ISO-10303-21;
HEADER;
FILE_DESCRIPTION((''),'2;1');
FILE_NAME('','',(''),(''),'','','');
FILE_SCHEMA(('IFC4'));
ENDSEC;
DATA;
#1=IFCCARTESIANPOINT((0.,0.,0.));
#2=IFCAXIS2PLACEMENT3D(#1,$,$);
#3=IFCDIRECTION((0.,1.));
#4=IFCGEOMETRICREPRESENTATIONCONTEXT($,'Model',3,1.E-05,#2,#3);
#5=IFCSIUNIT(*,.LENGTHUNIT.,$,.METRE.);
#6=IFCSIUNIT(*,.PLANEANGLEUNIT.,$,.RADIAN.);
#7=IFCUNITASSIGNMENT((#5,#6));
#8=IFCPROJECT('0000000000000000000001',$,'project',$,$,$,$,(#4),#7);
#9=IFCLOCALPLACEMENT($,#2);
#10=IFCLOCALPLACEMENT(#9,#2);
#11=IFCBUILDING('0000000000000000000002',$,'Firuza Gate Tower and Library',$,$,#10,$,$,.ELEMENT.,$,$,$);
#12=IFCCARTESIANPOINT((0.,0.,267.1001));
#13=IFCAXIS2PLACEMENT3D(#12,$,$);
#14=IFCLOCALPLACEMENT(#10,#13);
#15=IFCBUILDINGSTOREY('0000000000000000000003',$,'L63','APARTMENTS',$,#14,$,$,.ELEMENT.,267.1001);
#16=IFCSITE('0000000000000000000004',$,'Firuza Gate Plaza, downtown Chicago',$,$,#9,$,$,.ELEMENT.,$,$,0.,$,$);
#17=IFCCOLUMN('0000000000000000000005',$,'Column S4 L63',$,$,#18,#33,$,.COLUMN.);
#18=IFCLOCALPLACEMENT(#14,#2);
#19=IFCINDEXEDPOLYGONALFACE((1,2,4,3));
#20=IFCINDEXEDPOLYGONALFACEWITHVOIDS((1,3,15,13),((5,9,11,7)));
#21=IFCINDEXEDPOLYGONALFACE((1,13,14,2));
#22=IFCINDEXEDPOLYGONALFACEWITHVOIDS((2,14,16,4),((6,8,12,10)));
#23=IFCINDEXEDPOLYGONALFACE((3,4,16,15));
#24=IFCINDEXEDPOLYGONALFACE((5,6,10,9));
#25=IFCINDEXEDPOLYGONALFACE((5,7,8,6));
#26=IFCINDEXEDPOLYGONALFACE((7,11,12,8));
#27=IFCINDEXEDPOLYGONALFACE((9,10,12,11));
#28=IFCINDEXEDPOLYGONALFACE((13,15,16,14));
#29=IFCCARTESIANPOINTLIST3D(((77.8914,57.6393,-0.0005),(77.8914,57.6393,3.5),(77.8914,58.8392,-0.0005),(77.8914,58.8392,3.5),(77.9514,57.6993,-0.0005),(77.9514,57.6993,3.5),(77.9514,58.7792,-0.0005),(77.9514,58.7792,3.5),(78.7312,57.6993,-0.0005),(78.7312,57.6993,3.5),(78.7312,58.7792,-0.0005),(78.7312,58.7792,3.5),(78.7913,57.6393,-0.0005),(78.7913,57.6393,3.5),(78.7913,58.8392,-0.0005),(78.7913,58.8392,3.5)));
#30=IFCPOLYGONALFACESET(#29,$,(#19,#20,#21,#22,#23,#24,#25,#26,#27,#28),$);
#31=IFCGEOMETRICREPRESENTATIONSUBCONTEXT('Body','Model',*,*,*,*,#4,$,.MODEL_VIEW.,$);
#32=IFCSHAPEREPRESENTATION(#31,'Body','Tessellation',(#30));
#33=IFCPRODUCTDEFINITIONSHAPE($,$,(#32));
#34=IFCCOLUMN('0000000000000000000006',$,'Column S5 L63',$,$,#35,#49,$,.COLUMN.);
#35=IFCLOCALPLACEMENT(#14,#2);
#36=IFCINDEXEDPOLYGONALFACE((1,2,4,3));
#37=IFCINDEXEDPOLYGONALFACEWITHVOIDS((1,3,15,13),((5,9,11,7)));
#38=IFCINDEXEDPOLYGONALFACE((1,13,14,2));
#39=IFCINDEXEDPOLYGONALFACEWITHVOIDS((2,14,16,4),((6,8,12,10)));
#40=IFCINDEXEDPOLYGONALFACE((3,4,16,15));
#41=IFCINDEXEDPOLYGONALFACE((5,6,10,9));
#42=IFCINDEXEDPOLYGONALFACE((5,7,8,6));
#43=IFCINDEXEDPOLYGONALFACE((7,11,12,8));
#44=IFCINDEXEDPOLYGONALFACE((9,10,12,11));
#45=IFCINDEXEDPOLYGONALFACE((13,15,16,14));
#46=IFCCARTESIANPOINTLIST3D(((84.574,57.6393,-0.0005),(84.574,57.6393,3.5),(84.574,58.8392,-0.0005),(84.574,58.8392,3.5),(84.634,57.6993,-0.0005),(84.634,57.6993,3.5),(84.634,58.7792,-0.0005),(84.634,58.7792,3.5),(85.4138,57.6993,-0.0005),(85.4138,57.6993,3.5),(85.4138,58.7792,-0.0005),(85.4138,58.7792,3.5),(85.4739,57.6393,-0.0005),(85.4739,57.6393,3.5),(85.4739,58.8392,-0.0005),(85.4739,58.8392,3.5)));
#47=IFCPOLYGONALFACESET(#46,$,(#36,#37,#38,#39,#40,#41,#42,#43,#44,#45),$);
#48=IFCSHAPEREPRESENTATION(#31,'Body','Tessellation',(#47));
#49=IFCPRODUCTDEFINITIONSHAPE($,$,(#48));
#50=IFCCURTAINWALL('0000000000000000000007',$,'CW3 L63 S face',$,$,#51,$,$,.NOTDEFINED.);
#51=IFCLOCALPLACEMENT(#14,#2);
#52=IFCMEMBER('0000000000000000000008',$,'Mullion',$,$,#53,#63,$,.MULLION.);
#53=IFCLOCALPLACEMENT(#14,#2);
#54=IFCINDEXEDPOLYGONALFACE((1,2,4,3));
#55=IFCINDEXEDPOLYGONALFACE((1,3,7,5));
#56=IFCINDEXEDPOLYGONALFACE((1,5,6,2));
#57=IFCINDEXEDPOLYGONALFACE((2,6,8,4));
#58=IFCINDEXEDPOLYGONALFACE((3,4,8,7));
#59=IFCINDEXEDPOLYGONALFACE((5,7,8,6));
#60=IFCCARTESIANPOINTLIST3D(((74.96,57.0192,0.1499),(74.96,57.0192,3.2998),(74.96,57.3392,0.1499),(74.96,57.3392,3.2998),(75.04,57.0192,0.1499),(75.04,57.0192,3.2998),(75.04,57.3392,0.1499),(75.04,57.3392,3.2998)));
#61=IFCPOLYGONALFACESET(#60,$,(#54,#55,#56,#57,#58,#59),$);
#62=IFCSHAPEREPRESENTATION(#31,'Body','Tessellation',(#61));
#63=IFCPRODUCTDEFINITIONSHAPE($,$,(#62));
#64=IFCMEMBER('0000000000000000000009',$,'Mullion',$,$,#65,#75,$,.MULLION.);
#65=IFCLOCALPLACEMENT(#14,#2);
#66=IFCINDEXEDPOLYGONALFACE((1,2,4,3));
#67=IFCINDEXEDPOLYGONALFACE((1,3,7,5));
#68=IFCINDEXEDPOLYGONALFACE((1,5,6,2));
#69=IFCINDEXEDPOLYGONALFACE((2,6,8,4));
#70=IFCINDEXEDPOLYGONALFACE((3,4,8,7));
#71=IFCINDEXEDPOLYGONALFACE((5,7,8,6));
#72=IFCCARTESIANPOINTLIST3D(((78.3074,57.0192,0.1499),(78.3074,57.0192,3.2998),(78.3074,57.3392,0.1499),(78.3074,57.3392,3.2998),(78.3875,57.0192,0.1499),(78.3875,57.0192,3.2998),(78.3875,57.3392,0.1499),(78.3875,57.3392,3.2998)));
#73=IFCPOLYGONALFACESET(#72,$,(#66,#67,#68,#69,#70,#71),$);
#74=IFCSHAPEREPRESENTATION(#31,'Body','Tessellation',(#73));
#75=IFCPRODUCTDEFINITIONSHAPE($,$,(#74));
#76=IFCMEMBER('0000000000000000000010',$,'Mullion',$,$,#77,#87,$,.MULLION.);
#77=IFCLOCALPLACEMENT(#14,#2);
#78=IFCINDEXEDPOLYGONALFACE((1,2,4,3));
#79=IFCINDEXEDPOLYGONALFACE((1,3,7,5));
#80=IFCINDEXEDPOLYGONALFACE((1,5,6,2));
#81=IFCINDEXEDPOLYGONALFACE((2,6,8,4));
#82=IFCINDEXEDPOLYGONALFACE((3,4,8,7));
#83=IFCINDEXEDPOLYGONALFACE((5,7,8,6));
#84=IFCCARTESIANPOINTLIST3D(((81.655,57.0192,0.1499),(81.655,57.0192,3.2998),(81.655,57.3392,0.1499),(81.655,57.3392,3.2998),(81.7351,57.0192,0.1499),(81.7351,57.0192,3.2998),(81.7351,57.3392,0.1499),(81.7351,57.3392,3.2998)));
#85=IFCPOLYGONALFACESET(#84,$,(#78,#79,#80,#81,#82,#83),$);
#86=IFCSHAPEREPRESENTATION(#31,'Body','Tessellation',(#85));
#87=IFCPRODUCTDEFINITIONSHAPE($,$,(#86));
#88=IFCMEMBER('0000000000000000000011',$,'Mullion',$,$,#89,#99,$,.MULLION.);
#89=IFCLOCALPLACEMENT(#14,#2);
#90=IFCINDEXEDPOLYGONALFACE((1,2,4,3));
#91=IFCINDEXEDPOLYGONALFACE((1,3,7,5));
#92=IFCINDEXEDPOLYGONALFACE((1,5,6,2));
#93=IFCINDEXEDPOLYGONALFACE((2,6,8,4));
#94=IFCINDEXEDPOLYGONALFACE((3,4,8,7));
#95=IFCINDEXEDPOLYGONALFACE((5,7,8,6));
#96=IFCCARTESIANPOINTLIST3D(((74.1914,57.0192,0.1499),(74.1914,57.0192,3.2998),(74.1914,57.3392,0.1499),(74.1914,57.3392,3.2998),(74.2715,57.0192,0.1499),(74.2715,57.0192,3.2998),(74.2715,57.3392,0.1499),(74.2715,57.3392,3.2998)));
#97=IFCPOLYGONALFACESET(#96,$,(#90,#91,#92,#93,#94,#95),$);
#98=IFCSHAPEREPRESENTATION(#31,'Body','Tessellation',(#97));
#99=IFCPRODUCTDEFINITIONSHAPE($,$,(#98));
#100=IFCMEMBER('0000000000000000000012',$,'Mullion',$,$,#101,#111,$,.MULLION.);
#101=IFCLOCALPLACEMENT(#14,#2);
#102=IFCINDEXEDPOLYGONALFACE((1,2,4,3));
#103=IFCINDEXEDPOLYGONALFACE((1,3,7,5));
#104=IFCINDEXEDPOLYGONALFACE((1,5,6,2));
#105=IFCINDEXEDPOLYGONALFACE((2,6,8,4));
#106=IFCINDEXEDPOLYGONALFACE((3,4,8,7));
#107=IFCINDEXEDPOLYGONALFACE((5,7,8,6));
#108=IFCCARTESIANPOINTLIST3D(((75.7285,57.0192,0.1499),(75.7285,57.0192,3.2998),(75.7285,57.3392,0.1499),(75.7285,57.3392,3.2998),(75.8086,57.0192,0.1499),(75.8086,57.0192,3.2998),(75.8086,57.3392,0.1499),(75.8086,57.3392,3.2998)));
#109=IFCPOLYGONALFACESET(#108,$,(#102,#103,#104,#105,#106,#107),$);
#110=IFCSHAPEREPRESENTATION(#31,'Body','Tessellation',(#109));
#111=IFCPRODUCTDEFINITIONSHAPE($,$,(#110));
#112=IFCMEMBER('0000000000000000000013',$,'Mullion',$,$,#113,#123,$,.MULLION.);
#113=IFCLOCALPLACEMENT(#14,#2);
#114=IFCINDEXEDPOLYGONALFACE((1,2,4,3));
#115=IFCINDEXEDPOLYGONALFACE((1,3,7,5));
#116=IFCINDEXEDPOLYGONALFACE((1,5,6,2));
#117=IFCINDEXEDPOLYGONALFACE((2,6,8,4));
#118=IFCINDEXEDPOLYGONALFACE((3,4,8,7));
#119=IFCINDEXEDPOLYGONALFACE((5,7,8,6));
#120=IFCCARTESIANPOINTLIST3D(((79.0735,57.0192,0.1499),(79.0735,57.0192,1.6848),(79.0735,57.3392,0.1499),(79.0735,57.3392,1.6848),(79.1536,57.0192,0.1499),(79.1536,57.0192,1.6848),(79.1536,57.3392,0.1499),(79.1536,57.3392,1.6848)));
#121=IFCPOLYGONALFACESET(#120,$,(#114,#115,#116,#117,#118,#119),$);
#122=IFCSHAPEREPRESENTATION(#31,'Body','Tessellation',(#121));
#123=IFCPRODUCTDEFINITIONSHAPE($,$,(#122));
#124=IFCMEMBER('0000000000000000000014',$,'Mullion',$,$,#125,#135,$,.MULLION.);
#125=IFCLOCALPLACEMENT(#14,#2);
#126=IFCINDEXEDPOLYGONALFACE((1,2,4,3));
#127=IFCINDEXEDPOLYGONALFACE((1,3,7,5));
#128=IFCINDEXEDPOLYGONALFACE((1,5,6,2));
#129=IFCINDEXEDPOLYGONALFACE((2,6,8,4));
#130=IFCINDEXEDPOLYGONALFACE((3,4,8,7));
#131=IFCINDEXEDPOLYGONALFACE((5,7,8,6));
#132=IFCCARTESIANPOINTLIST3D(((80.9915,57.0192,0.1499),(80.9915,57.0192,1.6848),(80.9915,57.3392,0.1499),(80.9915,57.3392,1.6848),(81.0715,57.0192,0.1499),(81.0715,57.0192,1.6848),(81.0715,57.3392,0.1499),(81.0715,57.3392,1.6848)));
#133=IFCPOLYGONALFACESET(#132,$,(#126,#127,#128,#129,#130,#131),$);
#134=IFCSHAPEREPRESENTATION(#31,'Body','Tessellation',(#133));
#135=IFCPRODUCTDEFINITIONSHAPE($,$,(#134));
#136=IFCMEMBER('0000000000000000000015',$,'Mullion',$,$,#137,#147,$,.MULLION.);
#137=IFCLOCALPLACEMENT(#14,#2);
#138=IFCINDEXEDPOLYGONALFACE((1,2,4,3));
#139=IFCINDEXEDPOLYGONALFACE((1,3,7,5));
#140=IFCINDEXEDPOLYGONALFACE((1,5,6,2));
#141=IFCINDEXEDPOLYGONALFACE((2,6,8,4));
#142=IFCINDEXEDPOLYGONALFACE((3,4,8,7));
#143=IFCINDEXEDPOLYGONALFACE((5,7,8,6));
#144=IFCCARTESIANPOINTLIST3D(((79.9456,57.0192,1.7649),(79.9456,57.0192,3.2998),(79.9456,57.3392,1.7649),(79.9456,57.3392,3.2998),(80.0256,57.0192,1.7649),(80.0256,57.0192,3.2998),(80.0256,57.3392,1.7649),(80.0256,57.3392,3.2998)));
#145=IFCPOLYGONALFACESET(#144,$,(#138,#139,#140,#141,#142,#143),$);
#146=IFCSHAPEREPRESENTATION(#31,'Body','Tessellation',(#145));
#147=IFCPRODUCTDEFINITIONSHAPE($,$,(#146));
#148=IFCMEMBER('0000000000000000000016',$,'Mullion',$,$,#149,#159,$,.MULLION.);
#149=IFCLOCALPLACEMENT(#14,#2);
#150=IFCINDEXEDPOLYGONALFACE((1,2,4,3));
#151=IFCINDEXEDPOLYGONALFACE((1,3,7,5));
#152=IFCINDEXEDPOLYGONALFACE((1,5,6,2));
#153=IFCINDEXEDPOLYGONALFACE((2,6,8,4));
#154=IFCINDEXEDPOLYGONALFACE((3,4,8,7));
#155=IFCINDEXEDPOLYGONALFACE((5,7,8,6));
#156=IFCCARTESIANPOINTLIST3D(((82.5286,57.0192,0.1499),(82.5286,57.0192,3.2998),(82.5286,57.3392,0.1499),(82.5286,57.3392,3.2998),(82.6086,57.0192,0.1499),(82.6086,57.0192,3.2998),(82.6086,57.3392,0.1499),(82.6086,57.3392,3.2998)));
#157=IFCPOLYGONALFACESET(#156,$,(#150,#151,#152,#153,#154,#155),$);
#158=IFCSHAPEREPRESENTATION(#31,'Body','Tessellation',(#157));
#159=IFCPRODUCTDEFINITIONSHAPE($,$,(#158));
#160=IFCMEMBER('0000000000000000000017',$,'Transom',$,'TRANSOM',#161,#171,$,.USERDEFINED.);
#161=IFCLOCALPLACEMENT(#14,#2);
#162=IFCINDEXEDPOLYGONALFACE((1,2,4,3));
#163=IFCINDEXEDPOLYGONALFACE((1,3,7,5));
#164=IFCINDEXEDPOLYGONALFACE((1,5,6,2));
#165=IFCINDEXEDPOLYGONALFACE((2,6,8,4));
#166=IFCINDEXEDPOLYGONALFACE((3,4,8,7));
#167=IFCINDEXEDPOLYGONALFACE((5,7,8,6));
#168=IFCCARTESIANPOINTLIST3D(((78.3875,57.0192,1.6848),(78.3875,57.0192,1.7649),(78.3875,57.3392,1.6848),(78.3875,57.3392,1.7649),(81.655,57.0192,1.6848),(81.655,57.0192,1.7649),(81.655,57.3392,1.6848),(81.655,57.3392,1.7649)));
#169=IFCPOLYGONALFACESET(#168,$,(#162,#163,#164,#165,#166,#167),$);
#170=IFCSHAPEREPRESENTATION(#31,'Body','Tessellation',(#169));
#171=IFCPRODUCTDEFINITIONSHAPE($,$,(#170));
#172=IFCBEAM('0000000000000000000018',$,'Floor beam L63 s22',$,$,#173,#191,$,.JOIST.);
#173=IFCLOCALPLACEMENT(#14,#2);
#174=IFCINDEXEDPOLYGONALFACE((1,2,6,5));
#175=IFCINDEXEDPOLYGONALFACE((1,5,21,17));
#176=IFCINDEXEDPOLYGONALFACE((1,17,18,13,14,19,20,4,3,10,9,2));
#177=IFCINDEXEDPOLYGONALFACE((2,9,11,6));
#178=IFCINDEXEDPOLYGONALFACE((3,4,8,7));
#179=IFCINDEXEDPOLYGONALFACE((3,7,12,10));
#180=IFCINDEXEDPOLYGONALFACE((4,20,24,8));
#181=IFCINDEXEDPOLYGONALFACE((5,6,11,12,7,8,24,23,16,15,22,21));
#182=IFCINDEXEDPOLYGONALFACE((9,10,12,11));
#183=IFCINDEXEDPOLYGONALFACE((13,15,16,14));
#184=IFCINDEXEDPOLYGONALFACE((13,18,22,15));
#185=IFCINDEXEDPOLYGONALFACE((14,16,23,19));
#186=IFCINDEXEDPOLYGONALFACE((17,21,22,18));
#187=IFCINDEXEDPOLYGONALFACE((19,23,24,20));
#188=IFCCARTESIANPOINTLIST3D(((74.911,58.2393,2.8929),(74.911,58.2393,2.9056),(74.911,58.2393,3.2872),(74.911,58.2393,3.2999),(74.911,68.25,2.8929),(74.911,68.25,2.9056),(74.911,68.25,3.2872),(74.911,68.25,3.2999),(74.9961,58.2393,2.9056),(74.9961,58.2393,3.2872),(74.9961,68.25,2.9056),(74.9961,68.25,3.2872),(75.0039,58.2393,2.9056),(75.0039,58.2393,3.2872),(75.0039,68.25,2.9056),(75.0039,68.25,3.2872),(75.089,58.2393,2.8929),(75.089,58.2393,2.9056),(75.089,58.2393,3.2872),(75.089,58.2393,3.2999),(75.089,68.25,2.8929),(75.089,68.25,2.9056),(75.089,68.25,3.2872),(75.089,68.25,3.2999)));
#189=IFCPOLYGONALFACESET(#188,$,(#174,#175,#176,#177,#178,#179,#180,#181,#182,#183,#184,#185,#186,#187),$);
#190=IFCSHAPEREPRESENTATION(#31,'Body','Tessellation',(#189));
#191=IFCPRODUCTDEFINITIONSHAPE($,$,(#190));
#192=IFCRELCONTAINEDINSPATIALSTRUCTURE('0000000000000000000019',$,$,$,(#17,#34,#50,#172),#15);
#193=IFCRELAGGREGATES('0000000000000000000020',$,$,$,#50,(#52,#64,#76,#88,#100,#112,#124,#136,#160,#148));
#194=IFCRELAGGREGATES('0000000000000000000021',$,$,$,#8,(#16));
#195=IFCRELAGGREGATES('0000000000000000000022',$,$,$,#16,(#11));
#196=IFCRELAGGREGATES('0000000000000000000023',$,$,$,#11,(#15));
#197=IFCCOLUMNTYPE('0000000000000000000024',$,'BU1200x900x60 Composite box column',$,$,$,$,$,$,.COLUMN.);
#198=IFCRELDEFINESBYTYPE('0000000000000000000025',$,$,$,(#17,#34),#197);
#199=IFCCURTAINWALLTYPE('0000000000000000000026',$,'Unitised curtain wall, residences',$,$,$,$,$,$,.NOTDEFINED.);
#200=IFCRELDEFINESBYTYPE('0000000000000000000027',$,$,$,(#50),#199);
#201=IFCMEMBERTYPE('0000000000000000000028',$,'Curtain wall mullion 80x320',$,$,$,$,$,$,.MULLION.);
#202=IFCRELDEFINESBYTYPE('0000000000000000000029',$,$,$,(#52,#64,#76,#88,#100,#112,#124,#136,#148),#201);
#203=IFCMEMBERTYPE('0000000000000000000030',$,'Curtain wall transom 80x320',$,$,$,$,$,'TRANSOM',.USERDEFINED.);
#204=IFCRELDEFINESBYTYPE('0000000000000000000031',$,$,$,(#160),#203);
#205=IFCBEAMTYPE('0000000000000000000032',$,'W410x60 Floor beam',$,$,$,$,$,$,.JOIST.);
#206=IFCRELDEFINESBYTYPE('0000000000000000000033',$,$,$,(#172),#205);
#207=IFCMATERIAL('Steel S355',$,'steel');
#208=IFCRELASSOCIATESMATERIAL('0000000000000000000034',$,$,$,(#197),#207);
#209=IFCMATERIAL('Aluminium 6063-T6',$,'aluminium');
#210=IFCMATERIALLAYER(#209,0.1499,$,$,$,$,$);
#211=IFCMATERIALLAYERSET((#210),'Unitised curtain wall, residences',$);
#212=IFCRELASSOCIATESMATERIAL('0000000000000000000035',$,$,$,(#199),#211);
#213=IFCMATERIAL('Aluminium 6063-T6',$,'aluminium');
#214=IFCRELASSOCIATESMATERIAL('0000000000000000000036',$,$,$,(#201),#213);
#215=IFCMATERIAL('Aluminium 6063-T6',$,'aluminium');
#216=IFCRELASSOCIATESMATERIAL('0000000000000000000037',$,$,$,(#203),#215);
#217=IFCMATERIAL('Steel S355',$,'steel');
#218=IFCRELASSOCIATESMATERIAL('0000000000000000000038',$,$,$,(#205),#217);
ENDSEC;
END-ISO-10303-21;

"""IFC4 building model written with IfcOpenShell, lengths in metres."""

from ifc_helpers import new_model, si_unit, direction, frame, origin, origin_2d, place, context, subcontext, project, spatial, rectangle, hollow_rectangle, i_section, extrude, material, layer, layer_set, material_profile, profile_set, type_object, element, aggregate, save


model = new_model("IFC4")

# Units and contexts
model_context = context("Model", 3, precision=1e-05, world=origin(), true_north=direction((0.0, 1.0)))
body_context = subcontext(model_context, "Body", "Model", "MODEL_VIEW")
ifc_project = project(units=[si_unit("LENGTHUNIT", "METRE"), si_unit("PLANEANGLEUNIT", "RADIAN")], contexts=[model_context])

# Site, building, storey
site_placement = place(None, origin())
site = spatial("IfcSite", under=ifc_project, at=site_placement, Name="Firuza Gate Plaza, downtown Chicago", CompositionType="ELEMENT", RefElevation=0.0)
building_placement = place(site_placement, origin())
building = spatial("IfcBuilding", under=site, at=building_placement, Name="Firuza Gate Tower and Library", CompositionType="ELEMENT")
storey_placement = place(building_placement, frame((0.0, 0.0, 267.1001)))
storey = spatial("IfcBuildingStorey", under=building, at=storey_placement, Name="L63", Description="APARTMENTS", CompositionType="ELEMENT", Elevation=267.1001)

# Columns
ifc_material_1 = material(Name="Steel S355", Category="steel")
ifc_material_profile_1 = material_profile(ifc_material_1, hollow_rectangle(XDim=0.8999, YDim=1.2, WallThickness=0.0601, at=origin_2d()))
ifc_profile_set_1 = profile_set([ifc_material_profile_1], Name="Steel S355")
column_type = type_object("IfcColumnType", Name="BU1200x900x60 Composite box column", PredefinedType="COLUMN", material=ifc_profile_set_1)
for number, where, z_axis, x_axis, name in (
    (1, (78.3413, 58.2393, -0.0005), (0.0, 0.0, 1.0), (1.0, 0.0, 0.0), "Column S4 L63"),
    (2, (85.0239, 58.2393, -0.0005), (0.0, 0.0, 1.0), (1.0, 0.0, 0.0), "Column S5 L63"),
):
    element("IfcColumn", number, at=place(storey_placement, frame(where, z_axis=z_axis, x_axis=x_axis)), inside=storey, type_object=column_type, Name=name, PredefinedType="COLUMN", context=body_context, shape_type="SweptSolid", body=[
        extrude(hollow_rectangle(XDim=0.8999, YDim=1.2, WallThickness=0.0601, at=origin_2d()), origin(), (0.0, 0.0, 1.0), 3.5005),
    ])

# Curtain wall, members
ifc_material_2 = material(Name="Aluminium 6063-T6", Category="aluminium")
ifc_layer_1 = layer(ifc_material_2, 0.1499)
ifc_layer_set_1 = layer_set([ifc_layer_1], Name="Unitised curtain wall, residences")
curtain_wall_type = type_object("IfcCurtainWallType", Name="Unitised curtain wall, residences", PredefinedType="NOTDEFINED", material=ifc_layer_set_1)
curtain_wall_placement = place(storey_placement, origin())
curtain_wall = element("IfcCurtainWall", 3, at=curtain_wall_placement, inside=storey, type_object=curtain_wall_type, Name="CW3 L63 S face", PredefinedType="NOTDEFINED")
ifc_material_3 = material(Name="Aluminium 6063-T6", Category="aluminium")
ifc_material_profile_2 = material_profile(ifc_material_3, rectangle(XDim=0.3201, YDim=0.0801, at=origin_2d()))
ifc_profile_set_2 = profile_set([ifc_material_profile_2], Name="Aluminium 6063-T6")
member_type_1 = type_object("IfcMemberType", Name="Curtain wall mullion 80x320", PredefinedType="MULLION", material=ifc_profile_set_2)
member_1_placement = place(storey_placement, frame((75.0, 57.1792, 0.1499), z_axis=(0.0, 0.0, 1.0), x_axis=(0.0, 1.0, 0.0)))
member_1 = element("IfcMember", 4, at=member_1_placement, type_object=member_type_1, Name="Mullion", PredefinedType="MULLION", context=body_context, shape_type="SweptSolid", body=[
    extrude(rectangle(XDim=0.3201, YDim=0.0801, at=origin_2d()), origin(), (0.0, 0.0, 1.0), 3.1499),
])
member_2_placement = place(storey_placement, frame((78.3474, 57.1792, 0.1499), z_axis=(0.0, 0.0, 1.0), x_axis=(0.0, 1.0, 0.0)))
member_2 = element("IfcMember", 5, at=member_2_placement, type_object=member_type_1, Name="Mullion", PredefinedType="MULLION", context=body_context, shape_type="SweptSolid", body=[
    extrude(rectangle(XDim=0.3201, YDim=0.0801, at=origin_2d()), origin(), (0.0, 0.0, 1.0), 3.1499),
])
member_3_placement = place(storey_placement, frame((81.6951, 57.1792, 0.1499), z_axis=(0.0, 0.0, 1.0), x_axis=(0.0, 1.0, 0.0)))
member_3 = element("IfcMember", 6, at=member_3_placement, type_object=member_type_1, Name="Mullion", PredefinedType="MULLION", context=body_context, shape_type="SweptSolid", body=[
    extrude(rectangle(XDim=0.3201, YDim=0.0801, at=origin_2d()), origin(), (0.0, 0.0, 1.0), 3.1499),
])
member_4_placement = place(storey_placement, frame((74.2314, 57.1792, 0.1499), z_axis=(0.0, 0.0, 1.0), x_axis=(0.0, 1.0, 0.0)))
member_4 = element("IfcMember", 7, at=member_4_placement, type_object=member_type_1, Name="Mullion", PredefinedType="MULLION", context=body_context, shape_type="SweptSolid", body=[
    extrude(rectangle(XDim=0.3201, YDim=0.0801, at=origin_2d()), origin(), (0.0, 0.0, 1.0), 3.1499),
])
member_5_placement = place(storey_placement, frame((75.7686, 57.1792, 0.1499), z_axis=(0.0, 0.0, 1.0), x_axis=(0.0, 1.0, 0.0)))
member_5 = element("IfcMember", 8, at=member_5_placement, type_object=member_type_1, Name="Mullion", PredefinedType="MULLION", context=body_context, shape_type="SweptSolid", body=[
    extrude(rectangle(XDim=0.3201, YDim=0.0801, at=origin_2d()), origin(), (0.0, 0.0, 1.0), 3.1499),
])
member_6_placement = place(storey_placement, frame((79.1135, 57.1792, 0.1499), z_axis=(0.0, 0.0, 1.0), x_axis=(0.0, 1.0, 0.0)))
member_6 = element("IfcMember", 9, at=member_6_placement, type_object=member_type_1, Name="Mullion", PredefinedType="MULLION", context=body_context, shape_type="SweptSolid", body=[
    extrude(rectangle(XDim=0.3201, YDim=0.0801, at=origin_2d()), origin(), (0.0, 0.0, 1.0), 1.5349),
])
member_7_placement = place(storey_placement, frame((81.0315, 57.1792, 0.1499), z_axis=(0.0, 0.0, 1.0), x_axis=(0.0, 1.0, 0.0)))
member_7 = element("IfcMember", 10, at=member_7_placement, type_object=member_type_1, Name="Mullion", PredefinedType="MULLION", context=body_context, shape_type="SweptSolid", body=[
    extrude(rectangle(XDim=0.3201, YDim=0.0801, at=origin_2d()), origin(), (0.0, 0.0, 1.0), 1.5349),
])
member_8_placement = place(storey_placement, frame((79.9856, 57.1792, 1.7649), z_axis=(0.0, 0.0, 1.0), x_axis=(0.0, 1.0, 0.0)))
member_8 = element("IfcMember", 11, at=member_8_placement, type_object=member_type_1, Name="Mullion", PredefinedType="MULLION", context=body_context, shape_type="SweptSolid", body=[
    extrude(rectangle(XDim=0.3201, YDim=0.0801, at=origin_2d()), origin(), (0.0, 0.0, 1.0), 1.5349),
])
member_9_placement = place(storey_placement, frame((82.5686, 57.1792, 0.1499), z_axis=(0.0, 0.0, 1.0), x_axis=(0.0, 1.0, 0.0)))
member_9 = element("IfcMember", 12, at=member_9_placement, type_object=member_type_1, Name="Mullion", PredefinedType="MULLION", context=body_context, shape_type="SweptSolid", body=[
    extrude(rectangle(XDim=0.3201, YDim=0.0801, at=origin_2d()), origin(), (0.0, 0.0, 1.0), 3.1499),
])
ifc_material_4 = material(Name="Aluminium 6063-T6", Category="aluminium")
ifc_material_profile_3 = material_profile(ifc_material_4, rectangle(XDim=0.3201, YDim=0.0801, at=origin_2d()))
ifc_profile_set_3 = profile_set([ifc_material_profile_3], Name="Aluminium 6063-T6")
member_type_2 = type_object("IfcMemberType", Name="Curtain wall transom 80x320", ElementType="TRANSOM", PredefinedType="USERDEFINED", material=ifc_profile_set_3)
member_10_placement = place(storey_placement, frame((78.3875, 57.1792, 1.7249), z_axis=(1.0, 0.0, 0.0), x_axis=(0.0, 1.0, 0.0)))
member_10 = element("IfcMember", 13, at=member_10_placement, type_object=member_type_2, Name="Transom", ObjectType="TRANSOM", PredefinedType="USERDEFINED", context=body_context, shape_type="SweptSolid", body=[
    extrude(rectangle(XDim=0.3201, YDim=0.0801, at=origin_2d()), origin(), (0.0, 0.0, 1.0), 3.2676),
])

# Beam
ifc_material_5 = material(Name="Steel S355", Category="steel")
ifc_material_profile_4 = material_profile(ifc_material_5, i_section(OverallWidth=0.178, OverallDepth=0.407, WebThickness=0.0078, FlangeThickness=0.0127, at=origin_2d()))
ifc_profile_set_4 = profile_set([ifc_material_profile_4], Name="Steel S355")
beam_type_1 = type_object("IfcBeamType", Name="W410x60 Floor beam", PredefinedType="JOIST", material=ifc_profile_set_4)
for number, where, z_axis, x_axis, name in (
    (14, (75.0, 58.2393, 3.0964), (0.0, 1.0, 0.0), (-1.0, 0.0, 0.0), "Floor beam L63 s22"),
):
    element("IfcBeam", number, at=place(storey_placement, frame(where, z_axis=z_axis, x_axis=x_axis)), inside=storey, type_object=beam_type_1, Name=name, PredefinedType="JOIST", context=body_context, shape_type="SweptSolid", body=[
        extrude(i_section(OverallWidth=0.178, OverallDepth=0.407, WebThickness=0.0078, FlangeThickness=0.0127, at=origin_2d()), origin(), (0.0, 0.0, 1.0), 10.0107),
    ])

aggregate(curtain_wall, [member_1, member_2, member_3, member_4, member_5, member_6, member_7, member_8, member_10, member_9])

save(model, "model.ifc")
